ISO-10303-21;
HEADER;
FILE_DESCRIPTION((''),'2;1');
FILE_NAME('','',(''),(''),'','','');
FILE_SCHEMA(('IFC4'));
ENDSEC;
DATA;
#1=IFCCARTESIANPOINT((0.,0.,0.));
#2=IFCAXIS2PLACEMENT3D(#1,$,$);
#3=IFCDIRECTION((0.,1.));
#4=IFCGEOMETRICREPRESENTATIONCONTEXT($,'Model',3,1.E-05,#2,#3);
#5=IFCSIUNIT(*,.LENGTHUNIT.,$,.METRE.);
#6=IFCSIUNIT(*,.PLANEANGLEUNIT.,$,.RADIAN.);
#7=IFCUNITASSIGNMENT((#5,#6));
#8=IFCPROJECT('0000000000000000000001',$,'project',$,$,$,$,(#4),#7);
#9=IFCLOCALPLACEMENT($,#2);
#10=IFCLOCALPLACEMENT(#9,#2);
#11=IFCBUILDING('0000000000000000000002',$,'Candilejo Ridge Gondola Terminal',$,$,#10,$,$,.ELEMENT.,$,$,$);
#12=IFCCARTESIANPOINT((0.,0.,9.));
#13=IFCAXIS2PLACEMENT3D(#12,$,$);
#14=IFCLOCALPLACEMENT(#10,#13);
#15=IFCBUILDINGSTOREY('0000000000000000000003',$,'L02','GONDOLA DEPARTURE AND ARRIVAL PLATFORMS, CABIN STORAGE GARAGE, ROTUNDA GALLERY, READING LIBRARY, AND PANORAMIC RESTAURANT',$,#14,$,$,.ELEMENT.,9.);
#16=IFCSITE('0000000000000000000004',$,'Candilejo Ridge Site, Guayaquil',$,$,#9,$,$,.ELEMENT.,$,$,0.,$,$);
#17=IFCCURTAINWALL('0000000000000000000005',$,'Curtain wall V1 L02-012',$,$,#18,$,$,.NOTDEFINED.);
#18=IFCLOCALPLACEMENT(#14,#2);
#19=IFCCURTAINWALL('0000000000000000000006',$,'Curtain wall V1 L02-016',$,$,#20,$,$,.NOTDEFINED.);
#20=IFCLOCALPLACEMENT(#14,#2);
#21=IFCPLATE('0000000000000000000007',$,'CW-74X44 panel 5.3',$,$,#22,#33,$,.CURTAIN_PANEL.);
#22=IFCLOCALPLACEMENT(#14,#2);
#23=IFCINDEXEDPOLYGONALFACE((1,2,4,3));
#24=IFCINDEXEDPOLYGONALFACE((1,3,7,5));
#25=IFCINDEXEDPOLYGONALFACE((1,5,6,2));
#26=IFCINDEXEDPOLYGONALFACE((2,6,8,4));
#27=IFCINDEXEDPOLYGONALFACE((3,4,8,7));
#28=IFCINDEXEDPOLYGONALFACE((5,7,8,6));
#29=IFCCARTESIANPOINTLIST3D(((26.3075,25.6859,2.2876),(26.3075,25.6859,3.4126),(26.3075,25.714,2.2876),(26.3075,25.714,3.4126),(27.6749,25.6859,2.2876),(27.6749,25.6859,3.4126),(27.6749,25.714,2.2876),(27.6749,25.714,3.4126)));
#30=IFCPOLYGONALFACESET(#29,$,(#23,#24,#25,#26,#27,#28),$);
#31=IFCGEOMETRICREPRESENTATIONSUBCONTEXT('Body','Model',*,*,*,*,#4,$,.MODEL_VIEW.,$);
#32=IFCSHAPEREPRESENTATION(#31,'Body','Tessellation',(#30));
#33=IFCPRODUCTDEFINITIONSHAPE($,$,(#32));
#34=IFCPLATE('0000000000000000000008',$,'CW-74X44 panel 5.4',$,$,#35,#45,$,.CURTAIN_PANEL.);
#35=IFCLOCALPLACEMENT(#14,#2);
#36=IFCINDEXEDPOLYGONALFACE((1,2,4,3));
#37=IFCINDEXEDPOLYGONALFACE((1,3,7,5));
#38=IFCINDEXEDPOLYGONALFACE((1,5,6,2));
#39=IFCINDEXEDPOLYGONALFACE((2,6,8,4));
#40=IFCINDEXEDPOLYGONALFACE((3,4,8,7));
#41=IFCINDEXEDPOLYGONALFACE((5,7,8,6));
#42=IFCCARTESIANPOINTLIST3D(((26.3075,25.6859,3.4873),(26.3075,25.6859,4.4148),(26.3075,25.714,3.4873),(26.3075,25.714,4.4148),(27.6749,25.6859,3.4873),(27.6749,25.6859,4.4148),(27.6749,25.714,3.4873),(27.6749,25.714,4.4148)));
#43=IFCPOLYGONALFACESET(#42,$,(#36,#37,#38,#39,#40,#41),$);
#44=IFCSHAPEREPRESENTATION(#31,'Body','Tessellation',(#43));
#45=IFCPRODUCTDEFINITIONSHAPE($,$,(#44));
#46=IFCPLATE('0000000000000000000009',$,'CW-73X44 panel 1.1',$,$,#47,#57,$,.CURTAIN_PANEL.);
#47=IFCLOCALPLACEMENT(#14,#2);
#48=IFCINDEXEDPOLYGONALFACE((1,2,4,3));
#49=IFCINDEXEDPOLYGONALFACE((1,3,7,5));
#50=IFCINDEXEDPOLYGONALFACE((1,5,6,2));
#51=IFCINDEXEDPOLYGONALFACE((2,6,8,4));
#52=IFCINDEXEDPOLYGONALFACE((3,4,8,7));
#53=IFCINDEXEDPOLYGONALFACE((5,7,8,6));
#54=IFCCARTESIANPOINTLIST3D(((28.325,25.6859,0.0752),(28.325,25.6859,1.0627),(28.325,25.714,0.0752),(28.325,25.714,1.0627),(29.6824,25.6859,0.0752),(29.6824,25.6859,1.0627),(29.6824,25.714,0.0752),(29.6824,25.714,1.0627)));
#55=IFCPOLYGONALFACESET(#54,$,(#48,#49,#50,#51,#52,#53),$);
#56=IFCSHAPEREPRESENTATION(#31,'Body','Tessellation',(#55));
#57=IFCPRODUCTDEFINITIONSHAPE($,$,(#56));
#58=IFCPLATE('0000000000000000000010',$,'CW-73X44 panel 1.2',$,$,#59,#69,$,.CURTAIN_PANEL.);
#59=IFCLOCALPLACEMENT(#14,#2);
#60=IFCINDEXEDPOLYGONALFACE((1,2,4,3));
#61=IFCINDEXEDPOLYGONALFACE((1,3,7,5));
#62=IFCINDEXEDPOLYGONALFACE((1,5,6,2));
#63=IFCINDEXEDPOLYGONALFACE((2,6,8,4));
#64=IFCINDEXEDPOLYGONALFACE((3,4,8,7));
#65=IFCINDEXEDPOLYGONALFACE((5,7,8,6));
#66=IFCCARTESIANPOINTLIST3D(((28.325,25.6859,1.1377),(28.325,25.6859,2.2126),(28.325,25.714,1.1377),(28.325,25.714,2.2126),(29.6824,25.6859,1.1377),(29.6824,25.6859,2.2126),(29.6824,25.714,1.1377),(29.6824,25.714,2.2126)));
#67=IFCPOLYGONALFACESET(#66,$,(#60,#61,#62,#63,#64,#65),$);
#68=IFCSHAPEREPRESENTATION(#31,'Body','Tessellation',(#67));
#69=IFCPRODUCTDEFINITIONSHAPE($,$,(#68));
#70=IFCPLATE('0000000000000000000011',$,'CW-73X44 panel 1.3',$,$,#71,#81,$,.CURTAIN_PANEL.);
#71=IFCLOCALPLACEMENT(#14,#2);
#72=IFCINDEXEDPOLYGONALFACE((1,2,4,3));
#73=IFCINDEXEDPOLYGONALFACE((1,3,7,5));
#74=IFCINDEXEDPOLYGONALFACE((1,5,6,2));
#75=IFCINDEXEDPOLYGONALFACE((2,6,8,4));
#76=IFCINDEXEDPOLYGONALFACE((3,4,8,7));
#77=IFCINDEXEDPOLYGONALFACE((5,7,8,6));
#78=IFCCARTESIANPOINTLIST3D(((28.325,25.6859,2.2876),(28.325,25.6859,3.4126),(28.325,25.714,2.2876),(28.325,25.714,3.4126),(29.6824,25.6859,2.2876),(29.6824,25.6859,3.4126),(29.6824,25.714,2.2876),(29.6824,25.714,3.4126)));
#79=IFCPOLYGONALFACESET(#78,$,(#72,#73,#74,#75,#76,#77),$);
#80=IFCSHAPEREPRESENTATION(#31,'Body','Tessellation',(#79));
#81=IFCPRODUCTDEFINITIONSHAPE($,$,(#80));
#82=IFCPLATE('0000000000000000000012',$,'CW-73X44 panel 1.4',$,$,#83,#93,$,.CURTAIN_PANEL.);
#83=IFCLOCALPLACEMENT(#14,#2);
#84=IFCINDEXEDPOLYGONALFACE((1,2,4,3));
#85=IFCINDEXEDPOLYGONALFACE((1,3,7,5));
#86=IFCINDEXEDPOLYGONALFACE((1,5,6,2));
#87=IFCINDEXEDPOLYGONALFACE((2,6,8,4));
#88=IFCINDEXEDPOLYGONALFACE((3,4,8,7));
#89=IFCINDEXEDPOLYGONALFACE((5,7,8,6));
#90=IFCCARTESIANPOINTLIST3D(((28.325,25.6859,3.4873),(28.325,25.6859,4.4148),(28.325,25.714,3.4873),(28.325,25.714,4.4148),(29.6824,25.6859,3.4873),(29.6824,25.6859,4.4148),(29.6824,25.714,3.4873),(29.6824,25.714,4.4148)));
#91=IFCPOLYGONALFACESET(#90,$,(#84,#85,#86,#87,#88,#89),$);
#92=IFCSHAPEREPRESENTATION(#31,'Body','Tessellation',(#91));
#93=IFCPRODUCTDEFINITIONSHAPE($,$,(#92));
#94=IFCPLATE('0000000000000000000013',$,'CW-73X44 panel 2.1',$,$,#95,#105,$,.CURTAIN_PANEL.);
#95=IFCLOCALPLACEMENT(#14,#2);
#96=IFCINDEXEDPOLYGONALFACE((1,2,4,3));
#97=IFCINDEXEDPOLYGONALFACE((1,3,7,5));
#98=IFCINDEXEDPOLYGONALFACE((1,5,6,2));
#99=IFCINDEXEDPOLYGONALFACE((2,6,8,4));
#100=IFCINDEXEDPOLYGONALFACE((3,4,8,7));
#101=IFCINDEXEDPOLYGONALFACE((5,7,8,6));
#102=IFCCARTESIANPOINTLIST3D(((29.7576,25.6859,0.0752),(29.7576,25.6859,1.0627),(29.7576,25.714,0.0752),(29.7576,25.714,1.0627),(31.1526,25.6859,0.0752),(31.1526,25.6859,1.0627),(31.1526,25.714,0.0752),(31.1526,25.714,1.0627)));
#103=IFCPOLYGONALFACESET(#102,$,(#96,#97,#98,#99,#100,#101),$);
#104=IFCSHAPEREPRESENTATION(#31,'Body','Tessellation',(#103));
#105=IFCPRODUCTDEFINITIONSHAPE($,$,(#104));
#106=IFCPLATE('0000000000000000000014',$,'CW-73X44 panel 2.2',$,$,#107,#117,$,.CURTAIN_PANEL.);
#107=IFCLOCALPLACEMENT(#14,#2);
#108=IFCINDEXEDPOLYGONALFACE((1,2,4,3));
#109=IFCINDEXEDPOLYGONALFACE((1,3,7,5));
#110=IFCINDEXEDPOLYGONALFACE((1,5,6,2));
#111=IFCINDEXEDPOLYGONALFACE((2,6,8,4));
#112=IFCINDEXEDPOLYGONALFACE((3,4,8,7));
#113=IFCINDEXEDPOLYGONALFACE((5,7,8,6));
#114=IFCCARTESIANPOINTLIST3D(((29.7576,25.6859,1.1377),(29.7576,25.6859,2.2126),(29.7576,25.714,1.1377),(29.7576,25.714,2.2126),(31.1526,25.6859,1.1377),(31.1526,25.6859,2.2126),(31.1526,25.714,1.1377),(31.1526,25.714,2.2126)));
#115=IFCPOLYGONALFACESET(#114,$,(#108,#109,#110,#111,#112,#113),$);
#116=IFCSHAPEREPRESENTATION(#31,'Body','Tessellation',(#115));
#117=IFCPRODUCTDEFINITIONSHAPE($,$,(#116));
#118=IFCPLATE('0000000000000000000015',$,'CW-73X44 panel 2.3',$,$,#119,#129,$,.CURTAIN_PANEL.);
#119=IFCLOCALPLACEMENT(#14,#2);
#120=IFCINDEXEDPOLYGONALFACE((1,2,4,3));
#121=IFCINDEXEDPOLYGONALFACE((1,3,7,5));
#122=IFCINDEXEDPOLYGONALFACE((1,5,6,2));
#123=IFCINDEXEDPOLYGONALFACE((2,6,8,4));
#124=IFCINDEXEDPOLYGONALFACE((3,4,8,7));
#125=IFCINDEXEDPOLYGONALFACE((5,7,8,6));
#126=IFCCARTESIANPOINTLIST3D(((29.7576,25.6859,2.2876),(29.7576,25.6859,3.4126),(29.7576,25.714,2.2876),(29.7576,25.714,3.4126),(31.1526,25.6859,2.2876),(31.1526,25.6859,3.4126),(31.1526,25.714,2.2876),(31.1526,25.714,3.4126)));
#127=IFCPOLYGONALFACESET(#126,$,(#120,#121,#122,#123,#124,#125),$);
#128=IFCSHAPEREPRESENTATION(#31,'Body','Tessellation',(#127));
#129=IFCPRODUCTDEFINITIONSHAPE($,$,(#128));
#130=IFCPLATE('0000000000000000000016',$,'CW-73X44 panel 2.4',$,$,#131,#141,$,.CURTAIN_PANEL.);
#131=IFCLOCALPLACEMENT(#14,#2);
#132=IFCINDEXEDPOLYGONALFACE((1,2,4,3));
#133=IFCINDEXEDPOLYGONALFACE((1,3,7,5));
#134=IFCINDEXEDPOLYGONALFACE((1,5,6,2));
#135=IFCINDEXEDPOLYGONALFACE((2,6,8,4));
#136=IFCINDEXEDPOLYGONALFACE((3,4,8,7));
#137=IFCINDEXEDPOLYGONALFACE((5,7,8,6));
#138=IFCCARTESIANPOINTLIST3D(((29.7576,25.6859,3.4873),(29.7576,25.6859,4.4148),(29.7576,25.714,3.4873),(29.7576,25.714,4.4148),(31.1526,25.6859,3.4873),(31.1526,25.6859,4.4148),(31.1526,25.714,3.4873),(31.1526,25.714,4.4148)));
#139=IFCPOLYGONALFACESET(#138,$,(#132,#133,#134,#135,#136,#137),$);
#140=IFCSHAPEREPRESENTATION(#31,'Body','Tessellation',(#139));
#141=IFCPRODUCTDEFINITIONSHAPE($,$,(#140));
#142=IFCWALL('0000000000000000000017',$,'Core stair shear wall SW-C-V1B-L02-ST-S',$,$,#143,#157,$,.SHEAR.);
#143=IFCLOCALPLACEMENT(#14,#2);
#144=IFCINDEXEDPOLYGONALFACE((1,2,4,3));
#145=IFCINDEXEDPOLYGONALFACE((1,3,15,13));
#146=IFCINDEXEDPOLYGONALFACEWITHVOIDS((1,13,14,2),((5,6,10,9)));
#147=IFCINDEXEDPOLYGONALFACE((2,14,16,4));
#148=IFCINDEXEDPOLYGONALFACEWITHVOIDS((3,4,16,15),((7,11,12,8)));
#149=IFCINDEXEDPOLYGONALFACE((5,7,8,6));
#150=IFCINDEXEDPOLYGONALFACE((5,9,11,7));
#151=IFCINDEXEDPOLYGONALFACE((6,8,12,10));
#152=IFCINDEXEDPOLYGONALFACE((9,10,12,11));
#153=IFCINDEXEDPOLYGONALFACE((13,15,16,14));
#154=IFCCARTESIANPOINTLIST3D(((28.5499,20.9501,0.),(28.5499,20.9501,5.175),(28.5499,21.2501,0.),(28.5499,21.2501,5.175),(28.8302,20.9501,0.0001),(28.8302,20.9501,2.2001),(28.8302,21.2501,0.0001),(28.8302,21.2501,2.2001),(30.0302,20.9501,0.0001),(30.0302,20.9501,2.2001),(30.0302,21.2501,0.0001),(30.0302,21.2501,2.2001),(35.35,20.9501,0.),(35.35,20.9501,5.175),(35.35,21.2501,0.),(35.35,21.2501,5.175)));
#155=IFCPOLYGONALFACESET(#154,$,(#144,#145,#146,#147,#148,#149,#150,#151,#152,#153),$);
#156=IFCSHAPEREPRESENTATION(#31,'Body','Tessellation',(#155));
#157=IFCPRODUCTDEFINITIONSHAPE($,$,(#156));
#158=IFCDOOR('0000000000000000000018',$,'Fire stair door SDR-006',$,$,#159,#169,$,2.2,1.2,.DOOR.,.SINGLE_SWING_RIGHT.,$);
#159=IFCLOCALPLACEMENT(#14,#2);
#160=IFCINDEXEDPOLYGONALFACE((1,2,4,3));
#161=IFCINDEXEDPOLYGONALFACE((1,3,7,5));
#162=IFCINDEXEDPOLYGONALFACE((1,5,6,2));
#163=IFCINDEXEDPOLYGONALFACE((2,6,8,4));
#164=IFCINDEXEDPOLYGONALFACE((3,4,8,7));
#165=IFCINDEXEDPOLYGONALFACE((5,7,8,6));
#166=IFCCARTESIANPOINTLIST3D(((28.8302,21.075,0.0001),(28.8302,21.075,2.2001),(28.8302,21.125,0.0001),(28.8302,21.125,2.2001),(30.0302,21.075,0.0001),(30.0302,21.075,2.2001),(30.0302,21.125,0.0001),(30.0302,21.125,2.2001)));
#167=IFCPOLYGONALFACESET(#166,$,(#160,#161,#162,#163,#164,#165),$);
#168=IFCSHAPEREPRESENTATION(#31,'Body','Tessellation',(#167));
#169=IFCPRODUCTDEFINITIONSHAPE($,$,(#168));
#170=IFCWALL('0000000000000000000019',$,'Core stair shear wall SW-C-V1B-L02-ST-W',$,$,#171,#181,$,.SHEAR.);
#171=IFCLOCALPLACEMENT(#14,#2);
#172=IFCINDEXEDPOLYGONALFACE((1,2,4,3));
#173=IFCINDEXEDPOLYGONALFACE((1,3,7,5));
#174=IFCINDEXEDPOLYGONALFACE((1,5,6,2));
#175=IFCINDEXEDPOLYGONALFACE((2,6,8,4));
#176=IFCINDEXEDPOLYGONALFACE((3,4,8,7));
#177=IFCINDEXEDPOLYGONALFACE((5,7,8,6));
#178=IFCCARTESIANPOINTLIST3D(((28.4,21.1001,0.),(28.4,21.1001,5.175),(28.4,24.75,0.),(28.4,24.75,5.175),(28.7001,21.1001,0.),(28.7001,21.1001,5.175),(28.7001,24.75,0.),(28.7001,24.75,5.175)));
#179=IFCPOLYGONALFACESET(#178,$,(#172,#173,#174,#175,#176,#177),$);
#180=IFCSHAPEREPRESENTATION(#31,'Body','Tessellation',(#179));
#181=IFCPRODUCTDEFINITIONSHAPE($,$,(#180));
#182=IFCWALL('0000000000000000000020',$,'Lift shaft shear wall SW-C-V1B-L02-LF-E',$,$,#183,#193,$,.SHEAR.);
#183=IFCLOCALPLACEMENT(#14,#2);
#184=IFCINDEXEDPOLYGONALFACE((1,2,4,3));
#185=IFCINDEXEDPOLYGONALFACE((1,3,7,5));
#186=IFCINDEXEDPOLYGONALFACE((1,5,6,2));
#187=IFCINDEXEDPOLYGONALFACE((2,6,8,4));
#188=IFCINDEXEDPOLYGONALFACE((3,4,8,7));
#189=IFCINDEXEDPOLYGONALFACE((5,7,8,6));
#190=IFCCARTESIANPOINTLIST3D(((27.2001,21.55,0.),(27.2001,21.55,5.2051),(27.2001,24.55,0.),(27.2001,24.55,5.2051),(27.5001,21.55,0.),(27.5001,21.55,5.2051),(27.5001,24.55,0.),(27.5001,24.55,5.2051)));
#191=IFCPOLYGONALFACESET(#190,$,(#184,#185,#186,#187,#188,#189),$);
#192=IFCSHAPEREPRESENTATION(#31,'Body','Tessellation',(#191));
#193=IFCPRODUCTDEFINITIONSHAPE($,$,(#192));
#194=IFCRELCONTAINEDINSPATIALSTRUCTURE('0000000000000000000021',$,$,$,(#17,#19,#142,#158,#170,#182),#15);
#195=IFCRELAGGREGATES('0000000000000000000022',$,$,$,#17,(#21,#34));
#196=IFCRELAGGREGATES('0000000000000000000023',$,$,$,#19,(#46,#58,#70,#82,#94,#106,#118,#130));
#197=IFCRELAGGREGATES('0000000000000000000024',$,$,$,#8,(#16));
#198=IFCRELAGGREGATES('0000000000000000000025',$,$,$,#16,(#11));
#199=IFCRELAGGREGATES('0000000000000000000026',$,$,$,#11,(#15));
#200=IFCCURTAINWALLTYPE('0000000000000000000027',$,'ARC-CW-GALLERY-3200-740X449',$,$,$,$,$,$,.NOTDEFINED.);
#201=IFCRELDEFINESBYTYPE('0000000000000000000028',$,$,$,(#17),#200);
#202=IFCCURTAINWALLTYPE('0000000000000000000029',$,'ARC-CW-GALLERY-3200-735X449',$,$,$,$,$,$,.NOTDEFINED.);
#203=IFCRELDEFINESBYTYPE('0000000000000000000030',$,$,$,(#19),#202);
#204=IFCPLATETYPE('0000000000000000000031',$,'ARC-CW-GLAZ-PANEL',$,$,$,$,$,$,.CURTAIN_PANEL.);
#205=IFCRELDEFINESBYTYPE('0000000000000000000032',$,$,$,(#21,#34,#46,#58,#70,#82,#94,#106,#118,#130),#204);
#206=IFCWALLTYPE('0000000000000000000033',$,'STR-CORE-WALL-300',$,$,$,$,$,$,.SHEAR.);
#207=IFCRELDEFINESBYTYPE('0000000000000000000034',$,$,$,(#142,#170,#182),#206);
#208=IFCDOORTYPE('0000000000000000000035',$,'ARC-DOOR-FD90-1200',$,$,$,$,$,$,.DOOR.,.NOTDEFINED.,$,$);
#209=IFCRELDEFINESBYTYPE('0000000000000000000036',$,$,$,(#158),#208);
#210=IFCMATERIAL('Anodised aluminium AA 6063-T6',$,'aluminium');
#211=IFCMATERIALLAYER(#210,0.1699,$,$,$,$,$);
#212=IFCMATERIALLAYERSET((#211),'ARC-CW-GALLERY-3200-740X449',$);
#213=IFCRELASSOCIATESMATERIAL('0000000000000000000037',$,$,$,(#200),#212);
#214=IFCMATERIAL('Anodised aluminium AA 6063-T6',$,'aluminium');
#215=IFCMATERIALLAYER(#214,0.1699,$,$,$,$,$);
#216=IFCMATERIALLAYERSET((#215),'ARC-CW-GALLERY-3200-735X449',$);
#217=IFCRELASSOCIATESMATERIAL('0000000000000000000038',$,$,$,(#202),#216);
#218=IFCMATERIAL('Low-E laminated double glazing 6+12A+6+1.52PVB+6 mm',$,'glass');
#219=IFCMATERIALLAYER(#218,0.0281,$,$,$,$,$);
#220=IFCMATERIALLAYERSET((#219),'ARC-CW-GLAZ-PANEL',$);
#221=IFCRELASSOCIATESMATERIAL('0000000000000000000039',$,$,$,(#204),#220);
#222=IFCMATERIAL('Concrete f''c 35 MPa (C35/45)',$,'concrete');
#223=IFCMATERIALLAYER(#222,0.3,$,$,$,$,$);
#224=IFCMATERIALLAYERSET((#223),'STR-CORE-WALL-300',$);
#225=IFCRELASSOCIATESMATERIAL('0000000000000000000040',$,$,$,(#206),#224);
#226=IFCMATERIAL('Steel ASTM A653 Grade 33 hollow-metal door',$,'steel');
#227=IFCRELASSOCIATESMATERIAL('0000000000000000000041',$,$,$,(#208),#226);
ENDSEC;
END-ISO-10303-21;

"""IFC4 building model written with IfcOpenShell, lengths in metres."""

from ifc_helpers import new_model, si_unit, direction, frame, frame_2d, origin, origin_2d, place, context, subcontext, project, spatial, rectangle, extrude, material, layer, layer_set, type_object, element, fill, aggregate, save


model = new_model("IFC4")

# Units and contexts
model_context = context("Model", 3, precision=1e-05, world=origin(), true_north=direction((0.0, 1.0)))
body_context = subcontext(model_context, "Body", "Model", "MODEL_VIEW")
ifc_project = project(units=[si_unit("LENGTHUNIT", "METRE"), si_unit("PLANEANGLEUNIT", "RADIAN")], contexts=[model_context])

# Site, building, storey
site_placement = place(None, origin())
site = spatial("IfcSite", under=ifc_project, at=site_placement, Name="Candilejo Ridge Site, Guayaquil", CompositionType="ELEMENT", RefElevation=0.0)
building_placement = place(site_placement, origin())
building = spatial("IfcBuilding", under=site, at=building_placement, Name="Candilejo Ridge Gondola Terminal", CompositionType="ELEMENT")
storey_placement = place(building_placement, frame((0.0, 0.0, 9.0)))
storey = spatial("IfcBuildingStorey", under=building, at=storey_placement, Name="L02", Description="GONDOLA DEPARTURE AND ARRIVAL PLATFORMS, CABIN STORAGE GARAGE, ROTUNDA GALLERY, READING LIBRARY, AND PANORAMIC RESTAURANT", CompositionType="ELEMENT", Elevation=9.0)

# Curtain wall
ifc_material_1 = material(Name="Anodised aluminium AA 6063-T6", Category="aluminium")
ifc_layer_1 = layer(ifc_material_1, 0.1699)
ifc_layer_set_1 = layer_set([ifc_layer_1], Name="ARC-CW-GALLERY-3200-740X449")
curtain_wall_type_1 = type_object("IfcCurtainWallType", Name="ARC-CW-GALLERY-3200-740X449", PredefinedType="NOTDEFINED", material=ifc_layer_set_1)
curtain_wall_1_placement = place(storey_placement, origin())
curtain_wall_1 = element("IfcCurtainWall", 1, at=curtain_wall_1_placement, inside=storey, type_object=curtain_wall_type_1, Name="Curtain wall V1 L02-012", PredefinedType="NOTDEFINED")

# Curtain wall
ifc_material_2 = material(Name="Anodised aluminium AA 6063-T6", Category="aluminium")
ifc_layer_2 = layer(ifc_material_2, 0.1699)
ifc_layer_set_2 = layer_set([ifc_layer_2], Name="ARC-CW-GALLERY-3200-735X449")
curtain_wall_type_2 = type_object("IfcCurtainWallType", Name="ARC-CW-GALLERY-3200-735X449", PredefinedType="NOTDEFINED", material=ifc_layer_set_2)
curtain_wall_2_placement = place(storey_placement, origin())
curtain_wall_2 = element("IfcCurtainWall", 2, at=curtain_wall_2_placement, inside=storey, type_object=curtain_wall_type_2, Name="Curtain wall V1 L02-016", PredefinedType="NOTDEFINED")

# Plates
ifc_material_3 = material(Name="Low-E laminated double glazing 6+12A+6+1.52PVB+6 mm", Category="glass")
ifc_layer_3 = layer(ifc_material_3, 0.0281)
ifc_layer_set_3 = layer_set([ifc_layer_3], Name="ARC-CW-GLAZ-PANEL")
plate_type = type_object("IfcPlateType", Name="ARC-CW-GLAZ-PANEL", PredefinedType="CURTAIN_PANEL", material=ifc_layer_set_3)
plate_1_placement = place(storey_placement, frame((26.9912, 25.7, 2.2876), z_axis=(0.0, 0.0, 1.0), x_axis=(1.0, 0.0, 0.0)))
plate_1 = element("IfcPlate", 3, at=plate_1_placement, type_object=plate_type, Name="CW-74X44 panel 5.3", PredefinedType="CURTAIN_PANEL", context=body_context, shape_type="SweptSolid", body=[
    extrude(rectangle(XDim=1.3674, YDim=0.0281, at=origin_2d()), origin(), (0.0, 0.0, 1.0), 1.125),
])
plate_2_placement = place(storey_placement, frame((26.9912, 25.7, 3.4873), z_axis=(0.0, 0.0, 1.0), x_axis=(1.0, 0.0, 0.0)))
plate_2 = element("IfcPlate", 4, at=plate_2_placement, type_object=plate_type, Name="CW-74X44 panel 5.4", PredefinedType="CURTAIN_PANEL", context=body_context, shape_type="SweptSolid", body=[
    extrude(rectangle(XDim=1.3674, YDim=0.0281, at=origin_2d()), origin(), (0.0, 0.0, 1.0), 0.9275),
])
aggregate(curtain_wall_1, [plate_1, plate_2])
plate_3_placement = place(storey_placement, frame((29.0037, 25.7, 0.0752), z_axis=(0.0, 0.0, 1.0), x_axis=(1.0, 0.0, 0.0)))
plate_3 = element("IfcPlate", 5, at=plate_3_placement, type_object=plate_type, Name="CW-73X44 panel 1.1", PredefinedType="CURTAIN_PANEL", context=body_context, shape_type="SweptSolid", body=[
    extrude(rectangle(XDim=1.3574, YDim=0.0281, at=origin_2d()), origin(), (0.0, 0.0, 1.0), 0.9875),
])
plate_4_placement = place(storey_placement, frame((29.0037, 25.7, 1.1377), z_axis=(0.0, 0.0, 1.0), x_axis=(1.0, 0.0, 0.0)))
plate_4 = element("IfcPlate", 6, at=plate_4_placement, type_object=plate_type, Name="CW-73X44 panel 1.2", PredefinedType="CURTAIN_PANEL", context=body_context, shape_type="SweptSolid", body=[
    extrude(rectangle(XDim=1.3574, YDim=0.0281, at=origin_2d()), origin(), (0.0, 0.0, 1.0), 1.075),
])
plate_5_placement = place(storey_placement, frame((29.0037, 25.7, 2.2876), z_axis=(0.0, 0.0, 1.0), x_axis=(1.0, 0.0, 0.0)))
plate_5 = element("IfcPlate", 7, at=plate_5_placement, type_object=plate_type, Name="CW-73X44 panel 1.3", PredefinedType="CURTAIN_PANEL", context=body_context, shape_type="SweptSolid", body=[
    extrude(rectangle(XDim=1.3574, YDim=0.0281, at=origin_2d()), origin(), (0.0, 0.0, 1.0), 1.125),
])
plate_6_placement = place(storey_placement, frame((29.0037, 25.7, 3.4873), z_axis=(0.0, 0.0, 1.0), x_axis=(1.0, 0.0, 0.0)))
plate_6 = element("IfcPlate", 8, at=plate_6_placement, type_object=plate_type, Name="CW-73X44 panel 1.4", PredefinedType="CURTAIN_PANEL", context=body_context, shape_type="SweptSolid", body=[
    extrude(rectangle(XDim=1.3574, YDim=0.0281, at=origin_2d()), origin(), (0.0, 0.0, 1.0), 0.9275),
])
plate_7_placement = place(storey_placement, frame((30.4551, 25.7, 0.0752), z_axis=(0.0, 0.0, 1.0), x_axis=(1.0, 0.0, 0.0)))
plate_7 = element("IfcPlate", 9, at=plate_7_placement, type_object=plate_type, Name="CW-73X44 panel 2.1", PredefinedType="CURTAIN_PANEL", context=body_context, shape_type="SweptSolid", body=[
    extrude(rectangle(XDim=1.395, YDim=0.0281, at=origin_2d()), origin(), (0.0, 0.0, 1.0), 0.9875),
])
plate_8_placement = place(storey_placement, frame((30.4551, 25.7, 1.1377), z_axis=(0.0, 0.0, 1.0), x_axis=(1.0, 0.0, 0.0)))
plate_8 = element("IfcPlate", 10, at=plate_8_placement, type_object=plate_type, Name="CW-73X44 panel 2.2", PredefinedType="CURTAIN_PANEL", context=body_context, shape_type="SweptSolid", body=[
    extrude(rectangle(XDim=1.395, YDim=0.0281, at=origin_2d()), origin(), (0.0, 0.0, 1.0), 1.075),
])
plate_9_placement = place(storey_placement, frame((30.4551, 25.7, 2.2876), z_axis=(0.0, 0.0, 1.0), x_axis=(1.0, 0.0, 0.0)))
plate_9 = element("IfcPlate", 11, at=plate_9_placement, type_object=plate_type, Name="CW-73X44 panel 2.3", PredefinedType="CURTAIN_PANEL", context=body_context, shape_type="SweptSolid", body=[
    extrude(rectangle(XDim=1.395, YDim=0.0281, at=origin_2d()), origin(), (0.0, 0.0, 1.0), 1.125),
])
plate_10_placement = place(storey_placement, frame((30.4551, 25.7, 3.4873), z_axis=(0.0, 0.0, 1.0), x_axis=(1.0, 0.0, 0.0)))
plate_10 = element("IfcPlate", 12, at=plate_10_placement, type_object=plate_type, Name="CW-73X44 panel 2.4", PredefinedType="CURTAIN_PANEL", context=body_context, shape_type="SweptSolid", body=[
    extrude(rectangle(XDim=1.395, YDim=0.0281, at=origin_2d()), origin(), (0.0, 0.0, 1.0), 0.9275),
])
aggregate(curtain_wall_2, [plate_3, plate_4, plate_5, plate_6, plate_7, plate_8, plate_9, plate_10])

# Wall, opening, door
ifc_material_4 = material(Name="Concrete f'c 35 MPa (C35/45)", Category="concrete")
ifc_layer_4 = layer(ifc_material_4, 0.3)
ifc_layer_set_4 = layer_set([ifc_layer_4], Name="STR-CORE-WALL-300")
wall_type = type_object("IfcWallType", Name="STR-CORE-WALL-300", PredefinedType="SHEAR", material=ifc_layer_set_4)
wall_1_placement = place(storey_placement, frame((28.55, 21.1001, 0.0), z_axis=(0.0, 0.0, 1.0), x_axis=(1.0, 0.0, 0.0)))
wall_1 = element("IfcWall", 13, at=wall_1_placement, inside=storey, type_object=wall_type, Name="Core stair shear wall SW-C-V1B-L02-ST-S", PredefinedType="SHEAR", context=body_context, shape_type="SweptSolid", body=[
    extrude(rectangle(XDim=6.8, YDim=0.3, at=frame_2d((3.3999, 0.0))), origin(), (0.0, 0.0, 1.0), 5.175),
])
opening_placement = place(wall_1_placement, frame((0.28, 0.0, 0.0)))
opening = element("IfcOpeningElement", 14, at=opening_placement, cuts=wall_1, PredefinedType="OPENING", context=body_context, shape_type="SweptSolid", body=[
    extrude(rectangle(XDim=1.2, YDim=2.2, at=frame_2d((0.6001, 1.1001))), frame((0.0, 0.1599, 0.0), z_axis=(0.0, -1.0, 0.0), x_axis=(1.0, 0.0, 0.0)), (0.0, 0.0, 1.0), 0.3201),
])
ifc_material_5 = material(Name="Steel ASTM A653 Grade 33 hollow-metal door", Category="steel")
door_type = type_object("IfcDoorType", Name="ARC-DOOR-FD90-1200", OperationType="NOTDEFINED", PredefinedType="DOOR", material=ifc_material_5)
door_placement = place(opening_placement, origin())
door = element("IfcDoor", 15, at=door_placement, inside=storey, type_object=door_type, Name="Fire stair door SDR-006", OperationType="SINGLE_SWING_RIGHT", OverallHeight=2.2, OverallWidth=1.2, PredefinedType="DOOR", context=body_context, shape_type="SweptSolid", body=[
    extrude(rectangle(XDim=1.2, YDim=2.2, at=frame_2d((0.6001, 1.1001))), frame((0.0, 0.0249, 0.0), z_axis=(0.0, -1.0, 0.0), x_axis=(1.0, 0.0, 0.0)), (0.0, 0.0, 1.0), 0.05),
])
fill(opening, door)

# Walls
wall_2_placement = place(storey_placement, frame((28.55, 24.75, 0.0), z_axis=(0.0, 0.0, 1.0), x_axis=(0.0, -1.0, 0.0)))
element("IfcWall", 16, at=wall_2_placement, inside=storey, type_object=wall_type, Name="Core stair shear wall SW-C-V1B-L02-ST-W", PredefinedType="SHEAR", context=body_context, shape_type="SweptSolid", body=[
    extrude(rectangle(XDim=3.6499, YDim=0.3, at=frame_2d((1.825, 0.0))), origin(), (0.0, 0.0, 1.0), 5.175),
])
wall_3_placement = place(storey_placement, frame((27.3501, 21.55, 0.0), z_axis=(0.0, 0.0, 1.0), x_axis=(0.0, 1.0, 0.0)))
element("IfcWall", 17, at=wall_3_placement, inside=storey, type_object=wall_type, Name="Lift shaft shear wall SW-C-V1B-L02-LF-E", PredefinedType="SHEAR", context=body_context, shape_type="SweptSolid", body=[
    extrude(rectangle(XDim=3.0, YDim=0.3, at=frame_2d((1.5, 0.0))), origin(), (0.0, 0.0, 1.0), 5.2051),
])

save(model, "model.ifc")
